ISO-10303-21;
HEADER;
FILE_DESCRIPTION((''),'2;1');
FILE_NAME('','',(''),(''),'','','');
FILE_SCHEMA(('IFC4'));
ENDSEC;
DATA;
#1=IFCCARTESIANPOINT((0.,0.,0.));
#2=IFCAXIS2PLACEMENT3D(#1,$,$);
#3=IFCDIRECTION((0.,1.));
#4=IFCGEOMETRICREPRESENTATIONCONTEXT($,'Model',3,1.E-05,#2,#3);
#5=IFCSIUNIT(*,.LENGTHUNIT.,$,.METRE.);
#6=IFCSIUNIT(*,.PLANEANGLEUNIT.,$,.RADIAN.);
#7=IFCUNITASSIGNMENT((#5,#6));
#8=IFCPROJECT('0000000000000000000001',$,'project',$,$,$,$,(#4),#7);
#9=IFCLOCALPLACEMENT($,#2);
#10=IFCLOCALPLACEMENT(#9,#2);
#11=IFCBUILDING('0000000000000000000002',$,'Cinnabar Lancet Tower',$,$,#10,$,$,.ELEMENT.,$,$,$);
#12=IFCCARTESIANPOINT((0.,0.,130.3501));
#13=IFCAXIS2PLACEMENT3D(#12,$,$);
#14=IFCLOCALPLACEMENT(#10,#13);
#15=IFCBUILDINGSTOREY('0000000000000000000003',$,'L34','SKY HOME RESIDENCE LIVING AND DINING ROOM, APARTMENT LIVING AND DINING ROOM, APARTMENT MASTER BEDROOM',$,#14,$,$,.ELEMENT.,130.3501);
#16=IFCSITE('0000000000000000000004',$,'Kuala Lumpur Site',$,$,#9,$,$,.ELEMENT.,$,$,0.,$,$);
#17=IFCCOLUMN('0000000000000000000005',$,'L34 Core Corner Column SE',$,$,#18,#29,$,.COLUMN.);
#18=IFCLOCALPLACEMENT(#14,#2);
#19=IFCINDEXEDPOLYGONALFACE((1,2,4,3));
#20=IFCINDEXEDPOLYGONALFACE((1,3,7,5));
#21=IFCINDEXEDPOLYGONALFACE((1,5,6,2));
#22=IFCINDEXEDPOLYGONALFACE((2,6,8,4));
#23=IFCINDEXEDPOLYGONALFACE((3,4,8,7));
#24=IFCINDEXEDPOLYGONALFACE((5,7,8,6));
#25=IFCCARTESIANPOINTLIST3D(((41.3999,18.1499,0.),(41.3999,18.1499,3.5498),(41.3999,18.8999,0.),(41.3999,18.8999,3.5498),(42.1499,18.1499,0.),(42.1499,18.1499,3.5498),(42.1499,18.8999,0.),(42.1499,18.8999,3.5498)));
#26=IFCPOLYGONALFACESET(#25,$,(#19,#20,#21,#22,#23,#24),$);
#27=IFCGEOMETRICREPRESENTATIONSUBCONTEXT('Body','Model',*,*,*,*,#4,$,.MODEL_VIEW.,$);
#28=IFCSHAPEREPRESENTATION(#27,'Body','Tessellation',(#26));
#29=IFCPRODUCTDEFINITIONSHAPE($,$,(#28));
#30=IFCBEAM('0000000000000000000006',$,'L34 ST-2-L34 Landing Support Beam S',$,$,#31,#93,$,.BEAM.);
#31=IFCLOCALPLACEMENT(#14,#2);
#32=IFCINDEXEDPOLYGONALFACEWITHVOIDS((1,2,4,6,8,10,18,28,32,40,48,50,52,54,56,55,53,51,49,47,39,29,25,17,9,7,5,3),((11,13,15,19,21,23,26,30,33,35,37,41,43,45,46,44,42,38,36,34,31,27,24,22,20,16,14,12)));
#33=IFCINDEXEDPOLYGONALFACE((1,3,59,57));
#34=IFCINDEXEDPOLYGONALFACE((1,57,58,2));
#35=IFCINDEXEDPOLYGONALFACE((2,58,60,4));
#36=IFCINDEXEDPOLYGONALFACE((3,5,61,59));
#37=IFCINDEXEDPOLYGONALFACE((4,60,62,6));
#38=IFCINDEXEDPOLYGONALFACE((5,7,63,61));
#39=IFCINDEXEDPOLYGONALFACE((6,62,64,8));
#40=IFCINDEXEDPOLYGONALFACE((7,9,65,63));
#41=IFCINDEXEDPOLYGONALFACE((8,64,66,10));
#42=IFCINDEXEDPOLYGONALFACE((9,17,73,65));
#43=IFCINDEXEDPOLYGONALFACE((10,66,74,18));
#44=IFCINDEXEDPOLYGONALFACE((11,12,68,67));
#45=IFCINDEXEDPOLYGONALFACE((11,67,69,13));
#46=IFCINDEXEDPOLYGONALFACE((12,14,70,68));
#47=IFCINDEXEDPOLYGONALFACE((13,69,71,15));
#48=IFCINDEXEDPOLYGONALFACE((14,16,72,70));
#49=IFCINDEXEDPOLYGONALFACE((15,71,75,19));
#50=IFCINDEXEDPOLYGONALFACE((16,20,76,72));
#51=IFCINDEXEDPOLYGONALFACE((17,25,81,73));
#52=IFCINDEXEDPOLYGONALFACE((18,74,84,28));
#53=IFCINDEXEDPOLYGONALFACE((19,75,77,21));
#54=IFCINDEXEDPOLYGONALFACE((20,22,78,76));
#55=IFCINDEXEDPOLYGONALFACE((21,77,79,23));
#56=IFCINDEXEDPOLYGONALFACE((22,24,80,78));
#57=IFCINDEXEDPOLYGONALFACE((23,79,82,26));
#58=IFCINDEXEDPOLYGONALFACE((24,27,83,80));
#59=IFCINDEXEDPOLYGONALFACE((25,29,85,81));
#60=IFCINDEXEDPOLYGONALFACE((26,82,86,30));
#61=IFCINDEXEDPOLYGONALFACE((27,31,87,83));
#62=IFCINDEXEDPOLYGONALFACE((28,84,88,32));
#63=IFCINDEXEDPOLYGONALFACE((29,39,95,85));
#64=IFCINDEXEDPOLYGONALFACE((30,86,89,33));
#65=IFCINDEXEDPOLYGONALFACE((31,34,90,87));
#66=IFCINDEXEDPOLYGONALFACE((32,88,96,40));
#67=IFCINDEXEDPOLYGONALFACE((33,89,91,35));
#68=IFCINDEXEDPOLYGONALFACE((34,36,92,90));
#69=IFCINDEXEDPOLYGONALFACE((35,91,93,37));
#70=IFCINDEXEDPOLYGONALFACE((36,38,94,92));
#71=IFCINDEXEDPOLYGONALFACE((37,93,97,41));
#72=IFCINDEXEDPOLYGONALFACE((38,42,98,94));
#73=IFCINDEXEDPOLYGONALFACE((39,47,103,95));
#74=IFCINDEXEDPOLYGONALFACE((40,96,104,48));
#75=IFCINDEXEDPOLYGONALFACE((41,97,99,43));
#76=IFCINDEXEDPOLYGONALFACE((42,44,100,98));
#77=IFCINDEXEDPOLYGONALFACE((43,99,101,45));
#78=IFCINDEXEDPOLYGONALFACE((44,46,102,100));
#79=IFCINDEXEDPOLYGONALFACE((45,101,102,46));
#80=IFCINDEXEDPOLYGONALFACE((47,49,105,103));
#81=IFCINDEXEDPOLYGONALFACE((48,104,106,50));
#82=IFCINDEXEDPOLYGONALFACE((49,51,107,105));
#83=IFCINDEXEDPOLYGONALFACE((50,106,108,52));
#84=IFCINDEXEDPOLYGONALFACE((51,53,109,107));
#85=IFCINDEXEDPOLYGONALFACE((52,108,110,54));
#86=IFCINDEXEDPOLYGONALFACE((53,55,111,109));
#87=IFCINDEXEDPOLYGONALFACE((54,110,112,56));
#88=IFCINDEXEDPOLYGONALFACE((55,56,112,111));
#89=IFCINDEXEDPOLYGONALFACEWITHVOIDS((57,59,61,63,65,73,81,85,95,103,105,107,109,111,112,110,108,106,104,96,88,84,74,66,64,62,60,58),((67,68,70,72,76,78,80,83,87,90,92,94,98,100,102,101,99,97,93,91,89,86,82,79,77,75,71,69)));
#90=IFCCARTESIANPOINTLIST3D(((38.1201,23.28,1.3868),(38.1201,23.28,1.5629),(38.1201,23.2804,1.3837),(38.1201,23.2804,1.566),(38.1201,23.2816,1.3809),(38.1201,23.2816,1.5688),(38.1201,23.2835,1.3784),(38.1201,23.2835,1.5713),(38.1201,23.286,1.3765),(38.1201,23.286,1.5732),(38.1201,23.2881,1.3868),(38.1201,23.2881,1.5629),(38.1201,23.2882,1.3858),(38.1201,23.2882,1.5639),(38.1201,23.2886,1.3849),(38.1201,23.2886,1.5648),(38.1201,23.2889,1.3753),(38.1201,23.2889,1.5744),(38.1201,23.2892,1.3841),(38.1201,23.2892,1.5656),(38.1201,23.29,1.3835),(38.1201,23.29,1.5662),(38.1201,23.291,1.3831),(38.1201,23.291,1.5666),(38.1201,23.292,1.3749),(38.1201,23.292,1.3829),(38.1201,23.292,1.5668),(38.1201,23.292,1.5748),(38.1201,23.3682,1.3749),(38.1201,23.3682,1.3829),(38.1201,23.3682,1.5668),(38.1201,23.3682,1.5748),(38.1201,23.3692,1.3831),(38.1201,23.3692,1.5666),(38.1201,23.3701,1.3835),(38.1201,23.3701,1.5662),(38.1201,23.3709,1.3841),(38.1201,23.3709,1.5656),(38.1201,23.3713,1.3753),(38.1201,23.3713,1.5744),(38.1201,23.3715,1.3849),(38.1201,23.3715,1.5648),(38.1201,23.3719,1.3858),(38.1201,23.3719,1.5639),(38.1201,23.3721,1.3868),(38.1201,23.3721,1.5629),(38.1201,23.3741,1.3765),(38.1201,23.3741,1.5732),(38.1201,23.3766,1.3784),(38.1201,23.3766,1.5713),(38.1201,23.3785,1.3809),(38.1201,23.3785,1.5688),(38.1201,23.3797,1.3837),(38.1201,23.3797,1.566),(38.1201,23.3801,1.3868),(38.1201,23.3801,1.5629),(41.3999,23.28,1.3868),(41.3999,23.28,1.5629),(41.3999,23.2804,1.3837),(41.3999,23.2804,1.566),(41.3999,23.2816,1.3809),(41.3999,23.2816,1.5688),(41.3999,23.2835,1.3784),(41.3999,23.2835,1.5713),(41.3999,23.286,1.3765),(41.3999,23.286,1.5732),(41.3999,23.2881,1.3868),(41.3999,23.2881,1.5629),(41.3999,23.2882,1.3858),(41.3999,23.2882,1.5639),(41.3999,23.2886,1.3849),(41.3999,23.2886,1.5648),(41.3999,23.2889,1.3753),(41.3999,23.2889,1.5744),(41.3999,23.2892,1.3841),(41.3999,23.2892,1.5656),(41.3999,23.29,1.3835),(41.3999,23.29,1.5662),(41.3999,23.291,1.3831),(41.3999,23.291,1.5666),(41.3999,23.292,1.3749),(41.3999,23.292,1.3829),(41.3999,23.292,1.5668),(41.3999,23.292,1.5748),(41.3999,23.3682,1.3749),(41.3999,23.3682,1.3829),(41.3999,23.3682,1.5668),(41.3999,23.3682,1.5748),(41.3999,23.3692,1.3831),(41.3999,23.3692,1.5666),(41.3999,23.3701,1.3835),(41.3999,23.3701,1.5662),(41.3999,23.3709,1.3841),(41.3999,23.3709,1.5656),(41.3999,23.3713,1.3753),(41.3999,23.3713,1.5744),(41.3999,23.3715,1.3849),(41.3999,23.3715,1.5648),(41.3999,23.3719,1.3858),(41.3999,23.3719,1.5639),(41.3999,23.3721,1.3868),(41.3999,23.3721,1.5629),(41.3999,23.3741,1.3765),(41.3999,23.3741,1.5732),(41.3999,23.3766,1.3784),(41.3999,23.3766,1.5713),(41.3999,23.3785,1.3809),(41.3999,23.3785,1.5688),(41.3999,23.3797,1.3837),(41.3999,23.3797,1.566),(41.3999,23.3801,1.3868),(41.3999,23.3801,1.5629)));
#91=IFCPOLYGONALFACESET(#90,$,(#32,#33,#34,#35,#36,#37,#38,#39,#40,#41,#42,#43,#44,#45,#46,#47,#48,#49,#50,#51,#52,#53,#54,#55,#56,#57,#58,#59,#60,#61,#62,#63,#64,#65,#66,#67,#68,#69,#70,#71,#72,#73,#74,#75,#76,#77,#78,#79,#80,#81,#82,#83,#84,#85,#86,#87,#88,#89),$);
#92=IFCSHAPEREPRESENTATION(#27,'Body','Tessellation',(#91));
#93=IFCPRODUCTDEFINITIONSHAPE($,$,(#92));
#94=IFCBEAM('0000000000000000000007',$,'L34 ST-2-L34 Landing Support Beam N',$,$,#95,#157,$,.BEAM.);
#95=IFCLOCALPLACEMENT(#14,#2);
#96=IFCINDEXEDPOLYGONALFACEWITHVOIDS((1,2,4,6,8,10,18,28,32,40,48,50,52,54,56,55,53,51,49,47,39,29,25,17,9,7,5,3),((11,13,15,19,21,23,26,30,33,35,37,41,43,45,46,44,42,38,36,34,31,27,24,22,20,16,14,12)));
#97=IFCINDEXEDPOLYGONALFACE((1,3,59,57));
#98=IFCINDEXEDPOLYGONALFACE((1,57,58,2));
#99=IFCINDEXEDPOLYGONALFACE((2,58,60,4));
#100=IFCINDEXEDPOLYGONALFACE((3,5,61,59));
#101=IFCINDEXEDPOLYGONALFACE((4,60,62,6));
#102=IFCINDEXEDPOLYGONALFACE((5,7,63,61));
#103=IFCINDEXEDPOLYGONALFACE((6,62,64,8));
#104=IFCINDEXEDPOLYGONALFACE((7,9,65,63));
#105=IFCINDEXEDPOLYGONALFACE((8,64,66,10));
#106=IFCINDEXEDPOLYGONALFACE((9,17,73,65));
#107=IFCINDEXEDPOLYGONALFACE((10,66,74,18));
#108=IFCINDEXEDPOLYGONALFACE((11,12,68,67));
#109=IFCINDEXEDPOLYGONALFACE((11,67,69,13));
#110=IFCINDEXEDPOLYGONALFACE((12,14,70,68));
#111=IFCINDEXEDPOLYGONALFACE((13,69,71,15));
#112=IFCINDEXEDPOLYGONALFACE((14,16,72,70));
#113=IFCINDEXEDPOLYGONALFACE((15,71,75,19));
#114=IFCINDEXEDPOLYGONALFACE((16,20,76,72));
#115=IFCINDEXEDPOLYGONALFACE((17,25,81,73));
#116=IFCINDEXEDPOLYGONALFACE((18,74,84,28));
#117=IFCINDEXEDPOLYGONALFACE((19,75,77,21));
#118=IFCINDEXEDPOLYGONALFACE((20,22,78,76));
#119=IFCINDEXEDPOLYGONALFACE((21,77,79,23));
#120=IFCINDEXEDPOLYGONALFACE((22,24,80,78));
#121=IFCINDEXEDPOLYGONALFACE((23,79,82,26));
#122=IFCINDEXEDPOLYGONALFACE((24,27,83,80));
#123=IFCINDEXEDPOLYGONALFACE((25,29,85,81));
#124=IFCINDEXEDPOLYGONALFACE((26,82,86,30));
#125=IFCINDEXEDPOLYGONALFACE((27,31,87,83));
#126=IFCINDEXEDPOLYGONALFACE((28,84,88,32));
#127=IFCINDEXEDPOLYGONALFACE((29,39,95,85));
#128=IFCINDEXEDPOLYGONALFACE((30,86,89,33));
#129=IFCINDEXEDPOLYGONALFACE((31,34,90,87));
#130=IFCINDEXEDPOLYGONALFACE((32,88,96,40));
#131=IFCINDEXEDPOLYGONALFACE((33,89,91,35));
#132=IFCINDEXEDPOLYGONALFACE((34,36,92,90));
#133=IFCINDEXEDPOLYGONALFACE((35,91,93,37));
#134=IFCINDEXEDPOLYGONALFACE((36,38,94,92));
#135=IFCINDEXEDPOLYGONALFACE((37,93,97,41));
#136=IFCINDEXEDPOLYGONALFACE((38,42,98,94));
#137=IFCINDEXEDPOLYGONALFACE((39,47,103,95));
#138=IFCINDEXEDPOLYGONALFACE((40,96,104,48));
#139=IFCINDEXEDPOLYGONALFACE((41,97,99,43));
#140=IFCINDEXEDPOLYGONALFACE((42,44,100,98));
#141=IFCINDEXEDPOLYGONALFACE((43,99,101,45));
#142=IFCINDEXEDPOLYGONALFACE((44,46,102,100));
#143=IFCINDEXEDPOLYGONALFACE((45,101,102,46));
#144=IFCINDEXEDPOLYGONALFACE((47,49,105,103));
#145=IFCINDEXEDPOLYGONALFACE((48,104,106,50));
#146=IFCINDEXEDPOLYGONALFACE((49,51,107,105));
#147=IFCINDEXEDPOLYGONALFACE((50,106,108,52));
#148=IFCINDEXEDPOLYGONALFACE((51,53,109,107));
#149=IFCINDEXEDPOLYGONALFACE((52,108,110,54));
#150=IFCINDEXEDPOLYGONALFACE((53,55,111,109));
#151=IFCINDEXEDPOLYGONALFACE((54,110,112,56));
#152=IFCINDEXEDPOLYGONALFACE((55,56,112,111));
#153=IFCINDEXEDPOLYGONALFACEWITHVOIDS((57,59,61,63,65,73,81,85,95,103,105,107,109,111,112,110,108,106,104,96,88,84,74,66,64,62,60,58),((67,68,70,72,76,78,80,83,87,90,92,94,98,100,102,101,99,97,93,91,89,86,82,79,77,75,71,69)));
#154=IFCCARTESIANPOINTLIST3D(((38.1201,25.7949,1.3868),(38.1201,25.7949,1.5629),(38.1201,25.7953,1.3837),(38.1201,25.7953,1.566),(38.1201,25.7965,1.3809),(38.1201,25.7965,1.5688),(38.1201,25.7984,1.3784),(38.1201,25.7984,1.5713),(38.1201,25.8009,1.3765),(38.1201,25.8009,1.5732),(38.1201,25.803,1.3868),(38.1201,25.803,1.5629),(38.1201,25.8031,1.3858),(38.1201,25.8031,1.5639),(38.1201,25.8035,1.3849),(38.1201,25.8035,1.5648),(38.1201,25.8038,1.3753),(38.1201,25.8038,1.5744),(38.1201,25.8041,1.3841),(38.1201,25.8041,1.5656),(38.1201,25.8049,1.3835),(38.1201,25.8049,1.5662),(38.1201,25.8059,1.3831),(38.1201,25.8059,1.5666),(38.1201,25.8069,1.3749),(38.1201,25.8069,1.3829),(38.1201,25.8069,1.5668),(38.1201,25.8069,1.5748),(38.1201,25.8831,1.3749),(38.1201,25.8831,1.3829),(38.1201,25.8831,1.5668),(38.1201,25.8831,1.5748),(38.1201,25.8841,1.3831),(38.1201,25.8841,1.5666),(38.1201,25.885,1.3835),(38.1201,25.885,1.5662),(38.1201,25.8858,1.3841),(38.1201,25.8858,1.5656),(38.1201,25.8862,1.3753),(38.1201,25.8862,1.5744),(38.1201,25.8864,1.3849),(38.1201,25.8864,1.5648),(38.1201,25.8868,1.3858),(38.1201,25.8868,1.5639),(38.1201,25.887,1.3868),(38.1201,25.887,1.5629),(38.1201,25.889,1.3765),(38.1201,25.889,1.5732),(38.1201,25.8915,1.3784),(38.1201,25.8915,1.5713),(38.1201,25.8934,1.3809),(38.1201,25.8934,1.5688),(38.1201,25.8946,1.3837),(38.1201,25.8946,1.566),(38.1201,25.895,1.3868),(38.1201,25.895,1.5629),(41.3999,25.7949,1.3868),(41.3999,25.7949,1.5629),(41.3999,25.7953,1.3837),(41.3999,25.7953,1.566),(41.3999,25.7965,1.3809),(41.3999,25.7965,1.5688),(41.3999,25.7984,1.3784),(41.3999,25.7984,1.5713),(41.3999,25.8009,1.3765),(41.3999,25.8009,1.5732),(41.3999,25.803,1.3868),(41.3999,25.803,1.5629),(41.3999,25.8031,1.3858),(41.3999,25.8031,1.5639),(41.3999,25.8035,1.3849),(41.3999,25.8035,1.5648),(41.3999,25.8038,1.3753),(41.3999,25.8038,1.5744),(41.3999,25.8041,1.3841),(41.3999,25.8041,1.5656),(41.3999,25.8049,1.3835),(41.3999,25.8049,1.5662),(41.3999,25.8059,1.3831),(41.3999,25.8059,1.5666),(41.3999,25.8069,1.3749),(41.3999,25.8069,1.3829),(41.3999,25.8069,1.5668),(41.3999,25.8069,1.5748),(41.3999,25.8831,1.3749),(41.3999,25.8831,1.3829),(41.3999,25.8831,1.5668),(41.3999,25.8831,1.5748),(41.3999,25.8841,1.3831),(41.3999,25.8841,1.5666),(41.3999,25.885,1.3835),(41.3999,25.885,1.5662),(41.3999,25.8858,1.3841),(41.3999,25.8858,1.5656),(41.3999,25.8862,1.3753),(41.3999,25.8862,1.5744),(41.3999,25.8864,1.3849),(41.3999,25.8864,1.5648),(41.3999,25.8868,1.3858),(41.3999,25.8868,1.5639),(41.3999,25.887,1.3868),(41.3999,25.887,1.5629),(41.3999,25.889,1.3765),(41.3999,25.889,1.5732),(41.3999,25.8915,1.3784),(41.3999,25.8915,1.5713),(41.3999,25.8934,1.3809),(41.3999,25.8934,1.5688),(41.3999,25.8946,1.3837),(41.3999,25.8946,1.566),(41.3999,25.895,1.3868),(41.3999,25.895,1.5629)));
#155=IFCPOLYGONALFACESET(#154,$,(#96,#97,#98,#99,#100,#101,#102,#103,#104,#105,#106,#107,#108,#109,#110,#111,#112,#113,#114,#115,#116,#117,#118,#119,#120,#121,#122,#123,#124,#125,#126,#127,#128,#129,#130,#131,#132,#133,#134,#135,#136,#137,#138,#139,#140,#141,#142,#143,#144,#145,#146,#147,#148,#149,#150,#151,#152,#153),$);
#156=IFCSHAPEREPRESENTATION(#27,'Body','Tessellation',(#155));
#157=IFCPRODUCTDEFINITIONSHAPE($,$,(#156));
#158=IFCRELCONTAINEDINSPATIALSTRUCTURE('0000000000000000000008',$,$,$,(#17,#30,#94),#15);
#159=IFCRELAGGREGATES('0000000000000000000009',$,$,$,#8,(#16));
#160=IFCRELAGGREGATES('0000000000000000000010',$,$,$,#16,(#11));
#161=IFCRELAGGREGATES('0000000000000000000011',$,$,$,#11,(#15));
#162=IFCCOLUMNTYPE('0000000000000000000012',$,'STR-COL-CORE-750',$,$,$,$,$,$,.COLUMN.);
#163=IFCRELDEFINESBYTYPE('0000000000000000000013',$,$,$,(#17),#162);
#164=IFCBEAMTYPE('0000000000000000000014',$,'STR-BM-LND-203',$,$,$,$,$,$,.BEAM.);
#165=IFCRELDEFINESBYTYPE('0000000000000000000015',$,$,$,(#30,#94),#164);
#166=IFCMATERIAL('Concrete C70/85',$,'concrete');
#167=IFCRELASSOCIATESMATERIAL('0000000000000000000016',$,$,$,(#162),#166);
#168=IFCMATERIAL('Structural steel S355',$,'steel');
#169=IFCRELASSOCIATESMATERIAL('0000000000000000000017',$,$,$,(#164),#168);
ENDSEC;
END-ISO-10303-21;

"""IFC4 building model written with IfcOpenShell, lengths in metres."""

from ifc_helpers import new_model, si_unit, direction, frame, origin, origin_2d, place, context, subcontext, project, spatial, rectangle, hollow_rectangle, extrude, material, material_profile, profile_set, type_object, element, save


model = new_model("IFC4")

# Units and contexts
model_context = context("Model", 3, precision=1e-05, world=origin(), true_north=direction((0.0, 1.0)))
body_context = subcontext(model_context, "Body", "Model", "MODEL_VIEW")
ifc_project = project(units=[si_unit("LENGTHUNIT", "METRE"), si_unit("PLANEANGLEUNIT", "RADIAN")], contexts=[model_context])

# Site, building, storey
site_placement = place(None, origin())
site = spatial("IfcSite", under=ifc_project, at=site_placement, Name="Kuala Lumpur Site", CompositionType="ELEMENT", RefElevation=0.0)
building_placement = place(site_placement, origin())
building = spatial("IfcBuilding", under=site, at=building_placement, Name="Cinnabar Lancet Tower", CompositionType="ELEMENT")
storey_placement = place(building_placement, frame((0.0, 0.0, 130.3501)))
storey = spatial("IfcBuildingStorey", under=building, at=storey_placement, Name="L34", Description="SKY HOME RESIDENCE LIVING AND DINING ROOM, APARTMENT LIVING AND DINING ROOM, APARTMENT MASTER BEDROOM", CompositionType="ELEMENT", Elevation=130.3501)

# Column
ifc_material_1 = material(Name="Concrete C70/85", Category="concrete")
ifc_material_profile_1 = material_profile(ifc_material_1, rectangle(XDim=0.75, YDim=0.75, at=origin_2d()), Name="RC-COL 750x750")
ifc_profile_set_1 = profile_set([ifc_material_profile_1], Name="Concrete C70/85")
column_type = type_object("IfcColumnType", Name="STR-COL-CORE-750", PredefinedType="COLUMN", material=ifc_profile_set_1)
column_placement = place(storey_placement, frame((41.7749, 18.5249, 0.0), z_axis=(0.0, 0.0, 1.0), x_axis=(1.0, 0.0, 0.0)))
element("IfcColumn", 1, at=column_placement, inside=storey, type_object=column_type, Name="L34 Core Corner Column SE", PredefinedType="COLUMN", context=body_context, shape_type="SweptSolid", body=[
    extrude(rectangle(XDim=0.75, YDim=0.75, at=origin_2d()), origin(), (0.0, 0.0, 1.0), 3.5498),
])

# Beams
ifc_material_2 = material(Name="Structural steel S355", Category="steel")
ifc_material_profile_2 = material_profile(ifc_material_2, hollow_rectangle(XDim=0.1001, YDim=0.2, WallThickness=0.0081, InnerFilletRadius=0.0039, OuterFilletRadius=0.012, at=origin_2d()), Name="RHS 200x100x8")
ifc_profile_set_2 = profile_set([ifc_material_profile_2], Name="Structural steel S355")
beam_type = type_object("IfcBeamType", Name="STR-BM-LND-203", PredefinedType="BEAM", material=ifc_profile_set_2)
for number, where, z_axis, x_axis, name in (
    (2, (38.1201, 23.3301, 1.4749), (1.0, 0.0, 0.0), (0.0, 1.0, 0.0), "L34 ST-2-L34 Landing Support Beam S"),
    (3, (38.1201, 25.845, 1.4749), (1.0, 0.0, 0.0), (0.0, 1.0, 0.0), "L34 ST-2-L34 Landing Support Beam N"),
):
    element("IfcBeam", number, at=place(storey_placement, frame(where, z_axis=z_axis, x_axis=x_axis)), inside=storey, type_object=beam_type, Name=name, PredefinedType="BEAM", context=body_context, shape_type="SweptSolid", body=[
        extrude(hollow_rectangle(XDim=0.1001, YDim=0.2, WallThickness=0.0081, InnerFilletRadius=0.0039, OuterFilletRadius=0.012, at=origin_2d()), origin(), (0.0, 0.0, 1.0), 3.2798),
    ])

save(model, "model.ifc")
